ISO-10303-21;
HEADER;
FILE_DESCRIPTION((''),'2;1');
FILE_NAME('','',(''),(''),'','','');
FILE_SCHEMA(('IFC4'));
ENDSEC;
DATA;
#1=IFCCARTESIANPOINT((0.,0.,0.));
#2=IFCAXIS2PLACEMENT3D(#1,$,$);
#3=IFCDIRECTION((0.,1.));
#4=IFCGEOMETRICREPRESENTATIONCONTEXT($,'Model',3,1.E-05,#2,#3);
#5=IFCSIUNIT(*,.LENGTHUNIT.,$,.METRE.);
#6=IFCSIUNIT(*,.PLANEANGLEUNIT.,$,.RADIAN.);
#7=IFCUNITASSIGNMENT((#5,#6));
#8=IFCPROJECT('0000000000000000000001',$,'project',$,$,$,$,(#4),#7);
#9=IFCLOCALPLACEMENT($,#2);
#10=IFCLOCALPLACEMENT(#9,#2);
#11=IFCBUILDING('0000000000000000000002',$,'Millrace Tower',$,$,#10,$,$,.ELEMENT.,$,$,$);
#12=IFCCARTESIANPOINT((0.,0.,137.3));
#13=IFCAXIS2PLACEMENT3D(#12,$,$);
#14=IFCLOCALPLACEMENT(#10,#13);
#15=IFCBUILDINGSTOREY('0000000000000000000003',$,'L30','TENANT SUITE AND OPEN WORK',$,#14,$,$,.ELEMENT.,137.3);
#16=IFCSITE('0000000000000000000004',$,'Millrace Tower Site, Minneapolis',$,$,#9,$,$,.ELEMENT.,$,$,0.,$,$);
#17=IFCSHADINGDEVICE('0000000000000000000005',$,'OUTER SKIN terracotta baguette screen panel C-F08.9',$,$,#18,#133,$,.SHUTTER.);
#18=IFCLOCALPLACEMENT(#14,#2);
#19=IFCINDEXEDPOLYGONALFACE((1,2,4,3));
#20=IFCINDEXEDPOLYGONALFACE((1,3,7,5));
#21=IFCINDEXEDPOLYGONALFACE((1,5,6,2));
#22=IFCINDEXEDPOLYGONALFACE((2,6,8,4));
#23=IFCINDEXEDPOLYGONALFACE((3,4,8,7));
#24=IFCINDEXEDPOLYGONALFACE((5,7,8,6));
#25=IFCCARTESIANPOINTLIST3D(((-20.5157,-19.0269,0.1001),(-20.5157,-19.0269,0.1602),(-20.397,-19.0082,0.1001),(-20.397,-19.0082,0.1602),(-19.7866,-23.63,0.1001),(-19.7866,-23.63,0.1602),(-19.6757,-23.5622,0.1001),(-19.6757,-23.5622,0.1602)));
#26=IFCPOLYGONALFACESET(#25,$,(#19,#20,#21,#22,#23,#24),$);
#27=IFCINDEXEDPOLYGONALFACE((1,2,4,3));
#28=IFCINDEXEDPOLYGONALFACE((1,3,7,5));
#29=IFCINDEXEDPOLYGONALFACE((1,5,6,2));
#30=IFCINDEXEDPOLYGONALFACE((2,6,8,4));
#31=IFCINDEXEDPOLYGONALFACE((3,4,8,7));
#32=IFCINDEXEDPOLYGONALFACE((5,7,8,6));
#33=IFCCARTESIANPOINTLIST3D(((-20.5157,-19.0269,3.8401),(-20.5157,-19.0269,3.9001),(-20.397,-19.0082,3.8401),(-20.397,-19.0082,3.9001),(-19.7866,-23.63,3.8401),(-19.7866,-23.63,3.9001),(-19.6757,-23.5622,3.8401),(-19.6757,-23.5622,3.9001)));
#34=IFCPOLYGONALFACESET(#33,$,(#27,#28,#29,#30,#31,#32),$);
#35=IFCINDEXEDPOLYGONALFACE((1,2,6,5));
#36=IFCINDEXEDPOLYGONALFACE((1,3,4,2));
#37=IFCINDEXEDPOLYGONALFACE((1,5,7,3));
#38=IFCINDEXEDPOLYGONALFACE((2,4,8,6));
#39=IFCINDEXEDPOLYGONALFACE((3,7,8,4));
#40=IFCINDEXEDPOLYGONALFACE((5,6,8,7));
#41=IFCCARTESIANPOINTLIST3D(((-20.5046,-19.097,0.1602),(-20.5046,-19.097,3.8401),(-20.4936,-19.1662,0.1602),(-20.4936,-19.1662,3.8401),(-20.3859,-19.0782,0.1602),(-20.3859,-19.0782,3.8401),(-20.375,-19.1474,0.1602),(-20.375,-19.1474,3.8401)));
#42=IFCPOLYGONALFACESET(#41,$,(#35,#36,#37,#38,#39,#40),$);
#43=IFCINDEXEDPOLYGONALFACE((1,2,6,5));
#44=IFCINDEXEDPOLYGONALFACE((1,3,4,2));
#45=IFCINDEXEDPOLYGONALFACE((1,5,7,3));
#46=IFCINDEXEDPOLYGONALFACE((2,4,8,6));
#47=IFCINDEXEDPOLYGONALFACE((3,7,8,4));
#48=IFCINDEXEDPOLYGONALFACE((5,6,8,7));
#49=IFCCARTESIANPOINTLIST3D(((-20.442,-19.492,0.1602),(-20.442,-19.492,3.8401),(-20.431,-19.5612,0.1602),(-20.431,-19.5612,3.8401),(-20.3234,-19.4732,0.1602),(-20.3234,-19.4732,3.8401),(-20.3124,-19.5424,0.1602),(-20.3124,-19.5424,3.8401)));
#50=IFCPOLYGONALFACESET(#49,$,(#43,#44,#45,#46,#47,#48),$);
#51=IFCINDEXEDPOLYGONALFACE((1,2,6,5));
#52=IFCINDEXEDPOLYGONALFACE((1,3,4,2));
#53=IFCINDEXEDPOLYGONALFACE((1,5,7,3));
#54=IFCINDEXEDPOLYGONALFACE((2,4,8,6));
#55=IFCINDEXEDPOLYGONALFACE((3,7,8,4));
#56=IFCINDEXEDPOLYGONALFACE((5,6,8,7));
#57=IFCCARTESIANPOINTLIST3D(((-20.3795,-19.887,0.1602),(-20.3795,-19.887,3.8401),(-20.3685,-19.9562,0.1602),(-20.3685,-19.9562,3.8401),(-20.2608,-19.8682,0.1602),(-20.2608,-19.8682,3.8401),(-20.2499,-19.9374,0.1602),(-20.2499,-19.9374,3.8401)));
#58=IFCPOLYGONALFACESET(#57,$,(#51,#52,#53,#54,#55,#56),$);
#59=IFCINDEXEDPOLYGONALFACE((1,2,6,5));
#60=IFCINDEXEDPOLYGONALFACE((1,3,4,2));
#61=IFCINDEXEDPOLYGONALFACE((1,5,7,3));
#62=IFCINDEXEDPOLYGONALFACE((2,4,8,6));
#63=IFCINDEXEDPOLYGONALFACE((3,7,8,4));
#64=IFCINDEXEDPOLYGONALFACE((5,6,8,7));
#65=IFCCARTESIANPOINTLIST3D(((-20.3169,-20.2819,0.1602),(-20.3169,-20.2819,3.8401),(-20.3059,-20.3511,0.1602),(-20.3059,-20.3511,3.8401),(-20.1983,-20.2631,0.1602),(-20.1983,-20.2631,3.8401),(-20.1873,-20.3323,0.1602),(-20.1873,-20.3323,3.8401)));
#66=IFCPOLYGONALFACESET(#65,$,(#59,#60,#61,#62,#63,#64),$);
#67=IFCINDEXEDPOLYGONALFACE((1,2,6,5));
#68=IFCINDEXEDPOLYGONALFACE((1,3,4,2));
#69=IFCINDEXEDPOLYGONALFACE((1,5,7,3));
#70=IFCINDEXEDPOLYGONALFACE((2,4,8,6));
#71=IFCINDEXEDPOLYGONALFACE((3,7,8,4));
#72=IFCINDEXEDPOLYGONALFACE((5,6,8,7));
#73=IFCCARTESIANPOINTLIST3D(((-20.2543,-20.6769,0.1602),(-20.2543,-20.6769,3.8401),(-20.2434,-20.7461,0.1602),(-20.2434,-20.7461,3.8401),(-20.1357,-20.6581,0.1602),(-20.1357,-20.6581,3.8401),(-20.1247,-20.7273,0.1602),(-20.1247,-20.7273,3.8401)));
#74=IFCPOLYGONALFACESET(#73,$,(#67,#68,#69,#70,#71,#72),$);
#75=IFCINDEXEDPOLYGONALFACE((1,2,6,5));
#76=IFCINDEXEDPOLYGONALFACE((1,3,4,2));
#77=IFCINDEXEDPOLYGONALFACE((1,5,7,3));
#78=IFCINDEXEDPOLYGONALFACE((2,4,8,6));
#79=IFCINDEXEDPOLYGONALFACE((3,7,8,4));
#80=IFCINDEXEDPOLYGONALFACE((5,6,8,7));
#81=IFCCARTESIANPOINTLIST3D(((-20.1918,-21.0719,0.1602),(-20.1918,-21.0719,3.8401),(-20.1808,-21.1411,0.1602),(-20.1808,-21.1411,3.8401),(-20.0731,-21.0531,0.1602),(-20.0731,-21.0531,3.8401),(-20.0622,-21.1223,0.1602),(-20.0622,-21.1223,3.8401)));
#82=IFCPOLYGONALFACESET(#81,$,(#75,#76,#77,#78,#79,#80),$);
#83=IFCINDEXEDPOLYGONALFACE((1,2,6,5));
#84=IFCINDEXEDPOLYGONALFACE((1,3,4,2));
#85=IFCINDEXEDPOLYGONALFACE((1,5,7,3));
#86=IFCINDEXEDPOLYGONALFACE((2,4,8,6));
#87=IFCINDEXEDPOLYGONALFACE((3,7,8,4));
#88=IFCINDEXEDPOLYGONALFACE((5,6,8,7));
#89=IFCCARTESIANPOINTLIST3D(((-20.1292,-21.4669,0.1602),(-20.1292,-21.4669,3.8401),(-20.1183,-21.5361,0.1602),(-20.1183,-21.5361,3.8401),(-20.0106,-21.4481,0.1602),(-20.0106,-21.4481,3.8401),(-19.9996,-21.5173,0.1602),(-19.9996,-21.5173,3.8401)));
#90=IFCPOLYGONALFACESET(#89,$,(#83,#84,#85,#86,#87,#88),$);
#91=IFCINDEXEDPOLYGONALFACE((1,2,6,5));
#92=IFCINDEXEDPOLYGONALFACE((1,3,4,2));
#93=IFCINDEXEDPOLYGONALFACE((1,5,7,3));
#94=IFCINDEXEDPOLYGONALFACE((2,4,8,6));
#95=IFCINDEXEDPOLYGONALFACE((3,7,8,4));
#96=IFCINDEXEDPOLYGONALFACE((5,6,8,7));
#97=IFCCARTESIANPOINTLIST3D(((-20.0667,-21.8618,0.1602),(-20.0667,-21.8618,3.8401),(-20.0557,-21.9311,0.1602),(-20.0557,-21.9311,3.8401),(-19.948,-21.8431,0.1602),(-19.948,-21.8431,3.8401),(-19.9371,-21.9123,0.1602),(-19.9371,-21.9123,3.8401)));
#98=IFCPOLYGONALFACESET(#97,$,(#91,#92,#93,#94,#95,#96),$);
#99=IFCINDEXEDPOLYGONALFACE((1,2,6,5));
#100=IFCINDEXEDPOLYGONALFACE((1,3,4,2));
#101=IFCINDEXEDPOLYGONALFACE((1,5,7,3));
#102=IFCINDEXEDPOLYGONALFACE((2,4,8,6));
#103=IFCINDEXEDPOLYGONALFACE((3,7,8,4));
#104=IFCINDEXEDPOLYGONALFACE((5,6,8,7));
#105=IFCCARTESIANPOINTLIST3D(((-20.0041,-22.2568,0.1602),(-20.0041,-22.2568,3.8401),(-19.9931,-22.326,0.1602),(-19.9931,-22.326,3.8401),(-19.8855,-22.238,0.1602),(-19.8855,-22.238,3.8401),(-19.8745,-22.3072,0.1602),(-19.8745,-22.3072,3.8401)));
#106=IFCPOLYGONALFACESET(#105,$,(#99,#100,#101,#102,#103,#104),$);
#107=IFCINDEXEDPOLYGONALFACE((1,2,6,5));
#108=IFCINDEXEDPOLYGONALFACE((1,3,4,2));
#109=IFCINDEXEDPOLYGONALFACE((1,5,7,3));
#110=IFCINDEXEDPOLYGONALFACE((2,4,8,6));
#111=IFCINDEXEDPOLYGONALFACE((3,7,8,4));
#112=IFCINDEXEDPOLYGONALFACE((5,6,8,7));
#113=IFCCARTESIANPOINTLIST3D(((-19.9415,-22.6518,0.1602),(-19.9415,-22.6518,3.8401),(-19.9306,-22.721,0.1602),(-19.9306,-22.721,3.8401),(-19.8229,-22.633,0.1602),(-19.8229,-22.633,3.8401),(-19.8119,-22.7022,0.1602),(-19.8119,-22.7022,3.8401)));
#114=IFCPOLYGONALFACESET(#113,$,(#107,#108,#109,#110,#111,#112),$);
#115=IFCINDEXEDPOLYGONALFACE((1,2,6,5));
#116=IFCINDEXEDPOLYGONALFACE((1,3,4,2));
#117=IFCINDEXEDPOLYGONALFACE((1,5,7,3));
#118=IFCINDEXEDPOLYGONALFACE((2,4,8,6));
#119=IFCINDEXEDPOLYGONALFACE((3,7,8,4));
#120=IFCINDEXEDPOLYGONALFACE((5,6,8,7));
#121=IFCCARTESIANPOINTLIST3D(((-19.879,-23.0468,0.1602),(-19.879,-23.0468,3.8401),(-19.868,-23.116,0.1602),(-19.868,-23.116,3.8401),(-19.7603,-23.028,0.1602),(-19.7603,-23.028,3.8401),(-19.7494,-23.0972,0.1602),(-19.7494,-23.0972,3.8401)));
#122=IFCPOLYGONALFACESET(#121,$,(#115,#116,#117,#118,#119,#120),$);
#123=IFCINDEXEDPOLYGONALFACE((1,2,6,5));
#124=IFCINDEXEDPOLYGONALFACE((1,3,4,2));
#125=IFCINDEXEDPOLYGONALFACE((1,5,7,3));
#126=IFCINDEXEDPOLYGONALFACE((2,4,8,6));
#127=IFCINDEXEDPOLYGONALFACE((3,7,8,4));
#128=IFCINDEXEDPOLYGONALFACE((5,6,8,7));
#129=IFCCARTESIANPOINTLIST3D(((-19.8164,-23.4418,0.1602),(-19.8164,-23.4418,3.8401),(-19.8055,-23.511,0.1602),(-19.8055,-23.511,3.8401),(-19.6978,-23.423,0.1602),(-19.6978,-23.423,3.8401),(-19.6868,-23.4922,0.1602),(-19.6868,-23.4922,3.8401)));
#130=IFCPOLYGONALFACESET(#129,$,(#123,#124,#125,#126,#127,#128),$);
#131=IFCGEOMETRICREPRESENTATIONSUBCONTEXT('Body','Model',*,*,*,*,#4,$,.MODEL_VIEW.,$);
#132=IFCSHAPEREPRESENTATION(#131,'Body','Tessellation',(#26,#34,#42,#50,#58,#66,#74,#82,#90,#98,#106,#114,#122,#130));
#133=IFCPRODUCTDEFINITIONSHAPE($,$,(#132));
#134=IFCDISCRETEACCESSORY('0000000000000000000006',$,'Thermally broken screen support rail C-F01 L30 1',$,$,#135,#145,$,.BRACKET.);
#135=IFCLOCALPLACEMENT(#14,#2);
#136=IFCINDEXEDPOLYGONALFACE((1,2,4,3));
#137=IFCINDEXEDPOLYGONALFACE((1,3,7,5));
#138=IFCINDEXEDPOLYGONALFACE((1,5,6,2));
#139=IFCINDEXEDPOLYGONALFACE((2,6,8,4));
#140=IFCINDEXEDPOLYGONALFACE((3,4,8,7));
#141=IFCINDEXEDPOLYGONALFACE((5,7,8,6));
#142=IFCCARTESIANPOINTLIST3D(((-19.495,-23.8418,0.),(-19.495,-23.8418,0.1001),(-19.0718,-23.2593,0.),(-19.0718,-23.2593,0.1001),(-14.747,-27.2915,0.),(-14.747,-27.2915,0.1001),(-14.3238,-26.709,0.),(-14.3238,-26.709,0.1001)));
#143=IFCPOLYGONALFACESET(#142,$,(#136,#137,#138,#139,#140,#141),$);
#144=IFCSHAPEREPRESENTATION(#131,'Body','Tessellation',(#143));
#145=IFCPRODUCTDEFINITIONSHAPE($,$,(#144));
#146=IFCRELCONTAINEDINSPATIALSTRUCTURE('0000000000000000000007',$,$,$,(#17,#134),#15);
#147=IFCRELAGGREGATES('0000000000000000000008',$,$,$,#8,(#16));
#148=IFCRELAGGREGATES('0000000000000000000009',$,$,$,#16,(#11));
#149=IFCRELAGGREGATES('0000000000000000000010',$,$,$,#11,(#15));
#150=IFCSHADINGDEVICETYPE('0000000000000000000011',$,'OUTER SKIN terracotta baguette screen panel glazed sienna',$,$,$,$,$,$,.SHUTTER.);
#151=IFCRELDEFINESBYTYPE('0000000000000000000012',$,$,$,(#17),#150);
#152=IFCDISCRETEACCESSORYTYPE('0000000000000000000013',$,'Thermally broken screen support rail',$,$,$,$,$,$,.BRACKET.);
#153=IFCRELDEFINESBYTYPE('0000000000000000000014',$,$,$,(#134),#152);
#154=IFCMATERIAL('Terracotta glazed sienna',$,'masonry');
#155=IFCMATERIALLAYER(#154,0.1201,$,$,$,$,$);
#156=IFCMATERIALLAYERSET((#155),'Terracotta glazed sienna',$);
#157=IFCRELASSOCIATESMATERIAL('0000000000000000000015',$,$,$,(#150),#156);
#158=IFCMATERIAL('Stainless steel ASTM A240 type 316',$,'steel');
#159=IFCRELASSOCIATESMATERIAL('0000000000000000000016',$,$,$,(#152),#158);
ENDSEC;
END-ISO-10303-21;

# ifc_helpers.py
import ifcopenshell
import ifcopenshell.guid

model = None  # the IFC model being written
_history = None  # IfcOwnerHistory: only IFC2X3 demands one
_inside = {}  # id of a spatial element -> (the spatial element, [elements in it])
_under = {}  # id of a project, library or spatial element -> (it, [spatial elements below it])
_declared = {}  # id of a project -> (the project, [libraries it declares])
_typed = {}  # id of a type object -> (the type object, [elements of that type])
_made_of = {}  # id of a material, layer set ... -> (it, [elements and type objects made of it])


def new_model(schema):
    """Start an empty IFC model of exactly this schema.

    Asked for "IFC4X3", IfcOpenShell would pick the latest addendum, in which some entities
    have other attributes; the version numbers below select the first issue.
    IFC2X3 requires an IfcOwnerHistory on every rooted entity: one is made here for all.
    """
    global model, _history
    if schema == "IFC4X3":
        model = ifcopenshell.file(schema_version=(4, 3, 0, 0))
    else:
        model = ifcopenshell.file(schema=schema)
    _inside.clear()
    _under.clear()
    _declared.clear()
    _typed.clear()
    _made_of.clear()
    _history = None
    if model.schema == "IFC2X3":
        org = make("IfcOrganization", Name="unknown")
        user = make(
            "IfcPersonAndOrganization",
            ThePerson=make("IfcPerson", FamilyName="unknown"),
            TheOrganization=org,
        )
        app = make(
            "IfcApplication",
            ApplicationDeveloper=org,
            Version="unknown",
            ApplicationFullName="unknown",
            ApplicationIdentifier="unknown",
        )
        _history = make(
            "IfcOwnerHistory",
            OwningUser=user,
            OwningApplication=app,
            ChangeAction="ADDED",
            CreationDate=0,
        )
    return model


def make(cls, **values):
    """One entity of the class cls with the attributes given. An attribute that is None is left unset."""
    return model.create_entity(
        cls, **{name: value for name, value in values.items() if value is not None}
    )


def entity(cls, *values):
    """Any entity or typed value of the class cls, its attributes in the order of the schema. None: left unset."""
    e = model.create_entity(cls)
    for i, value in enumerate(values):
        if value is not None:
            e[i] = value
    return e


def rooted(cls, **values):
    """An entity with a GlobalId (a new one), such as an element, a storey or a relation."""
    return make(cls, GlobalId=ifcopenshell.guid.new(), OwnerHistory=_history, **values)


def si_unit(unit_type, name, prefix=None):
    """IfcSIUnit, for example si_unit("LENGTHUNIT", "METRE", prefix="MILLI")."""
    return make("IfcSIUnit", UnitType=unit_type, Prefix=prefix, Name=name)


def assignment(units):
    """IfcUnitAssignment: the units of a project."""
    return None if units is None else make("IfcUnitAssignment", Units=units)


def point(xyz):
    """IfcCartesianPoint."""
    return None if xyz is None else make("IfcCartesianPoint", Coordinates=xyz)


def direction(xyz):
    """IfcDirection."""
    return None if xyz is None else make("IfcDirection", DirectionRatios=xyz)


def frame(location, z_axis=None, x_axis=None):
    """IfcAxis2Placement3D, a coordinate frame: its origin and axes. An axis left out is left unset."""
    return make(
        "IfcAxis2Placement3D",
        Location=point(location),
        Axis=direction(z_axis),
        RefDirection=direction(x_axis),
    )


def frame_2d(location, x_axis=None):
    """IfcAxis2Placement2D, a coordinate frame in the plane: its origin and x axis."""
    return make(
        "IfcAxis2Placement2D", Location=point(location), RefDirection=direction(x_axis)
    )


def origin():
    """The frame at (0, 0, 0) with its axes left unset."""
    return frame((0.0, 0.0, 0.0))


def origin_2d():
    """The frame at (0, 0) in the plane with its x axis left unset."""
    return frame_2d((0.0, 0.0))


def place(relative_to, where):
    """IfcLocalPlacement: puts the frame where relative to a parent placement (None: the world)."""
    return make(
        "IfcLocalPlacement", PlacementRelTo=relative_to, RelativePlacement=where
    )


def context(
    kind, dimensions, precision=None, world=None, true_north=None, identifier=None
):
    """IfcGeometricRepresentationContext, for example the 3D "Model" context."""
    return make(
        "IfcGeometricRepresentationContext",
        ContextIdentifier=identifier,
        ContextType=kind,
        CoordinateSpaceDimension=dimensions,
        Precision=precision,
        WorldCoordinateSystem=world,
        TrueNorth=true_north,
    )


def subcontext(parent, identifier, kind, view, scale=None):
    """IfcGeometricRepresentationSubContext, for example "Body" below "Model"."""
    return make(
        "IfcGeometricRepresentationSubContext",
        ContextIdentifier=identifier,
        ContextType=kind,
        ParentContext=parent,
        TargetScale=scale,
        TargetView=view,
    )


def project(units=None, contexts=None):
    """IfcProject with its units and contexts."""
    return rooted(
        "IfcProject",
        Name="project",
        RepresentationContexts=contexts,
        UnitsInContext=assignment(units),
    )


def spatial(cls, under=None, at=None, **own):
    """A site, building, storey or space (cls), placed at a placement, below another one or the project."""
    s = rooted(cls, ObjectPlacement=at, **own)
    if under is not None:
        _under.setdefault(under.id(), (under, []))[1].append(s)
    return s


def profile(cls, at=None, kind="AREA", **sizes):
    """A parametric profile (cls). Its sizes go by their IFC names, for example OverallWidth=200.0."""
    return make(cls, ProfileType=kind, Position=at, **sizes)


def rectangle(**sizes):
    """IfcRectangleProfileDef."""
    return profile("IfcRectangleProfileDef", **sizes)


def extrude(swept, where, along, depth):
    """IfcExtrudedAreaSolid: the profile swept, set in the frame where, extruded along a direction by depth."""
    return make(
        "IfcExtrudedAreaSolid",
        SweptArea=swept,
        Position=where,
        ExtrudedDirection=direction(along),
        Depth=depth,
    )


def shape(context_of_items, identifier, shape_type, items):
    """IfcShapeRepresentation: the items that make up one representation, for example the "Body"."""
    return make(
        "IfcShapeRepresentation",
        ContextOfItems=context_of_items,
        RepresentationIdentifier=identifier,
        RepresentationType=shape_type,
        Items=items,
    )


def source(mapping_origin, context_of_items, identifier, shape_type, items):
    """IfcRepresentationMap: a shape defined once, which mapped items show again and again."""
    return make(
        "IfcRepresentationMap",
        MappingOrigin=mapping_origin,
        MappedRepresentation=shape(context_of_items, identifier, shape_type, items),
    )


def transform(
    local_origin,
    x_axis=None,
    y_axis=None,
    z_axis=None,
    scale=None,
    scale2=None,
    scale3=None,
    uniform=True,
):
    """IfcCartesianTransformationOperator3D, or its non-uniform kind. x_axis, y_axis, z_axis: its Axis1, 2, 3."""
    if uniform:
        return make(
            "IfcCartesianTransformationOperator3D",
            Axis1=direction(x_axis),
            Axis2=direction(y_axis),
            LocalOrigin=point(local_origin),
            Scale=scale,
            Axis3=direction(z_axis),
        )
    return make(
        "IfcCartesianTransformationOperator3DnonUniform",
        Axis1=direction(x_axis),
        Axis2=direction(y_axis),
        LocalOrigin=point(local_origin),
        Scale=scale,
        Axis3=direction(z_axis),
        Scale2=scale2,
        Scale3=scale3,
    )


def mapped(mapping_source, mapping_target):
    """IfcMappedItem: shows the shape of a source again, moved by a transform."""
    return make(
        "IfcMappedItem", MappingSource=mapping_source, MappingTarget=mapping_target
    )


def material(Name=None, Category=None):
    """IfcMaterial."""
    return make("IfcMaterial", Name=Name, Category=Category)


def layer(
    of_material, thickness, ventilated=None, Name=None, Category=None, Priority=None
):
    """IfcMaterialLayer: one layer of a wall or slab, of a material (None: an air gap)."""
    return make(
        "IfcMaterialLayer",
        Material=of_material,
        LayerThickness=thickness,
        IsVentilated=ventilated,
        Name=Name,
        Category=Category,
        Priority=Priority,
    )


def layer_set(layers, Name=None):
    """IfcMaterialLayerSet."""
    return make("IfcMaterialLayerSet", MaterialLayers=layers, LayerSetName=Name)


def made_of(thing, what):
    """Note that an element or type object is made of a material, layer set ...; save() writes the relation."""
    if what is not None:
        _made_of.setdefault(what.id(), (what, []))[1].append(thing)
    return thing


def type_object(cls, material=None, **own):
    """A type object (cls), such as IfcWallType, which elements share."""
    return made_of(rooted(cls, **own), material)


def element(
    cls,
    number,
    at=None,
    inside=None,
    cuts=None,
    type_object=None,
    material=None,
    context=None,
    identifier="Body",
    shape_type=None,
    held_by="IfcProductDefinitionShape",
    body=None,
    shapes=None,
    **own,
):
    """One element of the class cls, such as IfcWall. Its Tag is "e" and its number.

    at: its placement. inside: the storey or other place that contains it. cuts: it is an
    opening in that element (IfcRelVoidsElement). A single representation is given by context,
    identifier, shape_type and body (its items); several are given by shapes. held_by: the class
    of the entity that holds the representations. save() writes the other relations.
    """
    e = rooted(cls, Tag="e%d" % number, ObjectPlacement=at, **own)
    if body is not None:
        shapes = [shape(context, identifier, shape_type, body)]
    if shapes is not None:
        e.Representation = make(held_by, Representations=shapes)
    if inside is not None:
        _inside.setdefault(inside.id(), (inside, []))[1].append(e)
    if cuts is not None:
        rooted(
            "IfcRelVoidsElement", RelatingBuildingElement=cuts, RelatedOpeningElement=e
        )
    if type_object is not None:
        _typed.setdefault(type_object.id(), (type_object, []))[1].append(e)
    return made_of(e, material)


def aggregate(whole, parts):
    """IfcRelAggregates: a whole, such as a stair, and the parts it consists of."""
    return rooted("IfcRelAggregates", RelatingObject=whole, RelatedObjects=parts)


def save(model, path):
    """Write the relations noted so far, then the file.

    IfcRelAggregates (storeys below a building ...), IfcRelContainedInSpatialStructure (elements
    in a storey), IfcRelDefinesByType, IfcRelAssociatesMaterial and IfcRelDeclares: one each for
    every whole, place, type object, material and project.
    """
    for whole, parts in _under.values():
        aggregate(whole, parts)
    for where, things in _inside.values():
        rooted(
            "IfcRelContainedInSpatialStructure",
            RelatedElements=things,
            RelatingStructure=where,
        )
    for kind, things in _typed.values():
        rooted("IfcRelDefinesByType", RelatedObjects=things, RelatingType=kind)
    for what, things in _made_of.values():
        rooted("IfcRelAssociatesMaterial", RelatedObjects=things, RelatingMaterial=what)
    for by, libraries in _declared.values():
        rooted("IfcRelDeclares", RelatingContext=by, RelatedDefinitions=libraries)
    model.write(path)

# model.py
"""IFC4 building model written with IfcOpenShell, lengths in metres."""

from ifc_helpers import new_model, entity, si_unit, direction, frame, frame_2d, origin, origin_2d, place, context, subcontext, project, spatial, rectangle, extrude, source, transform, mapped, material, layer, layer_set, type_object, element, save


model = new_model("IFC4")

# Units and contexts
model_context = context("Model", 3, precision=1e-05, world=origin(), true_north=direction((0.0, 1.0)))
body_context = subcontext(model_context, "Body", "Model", "MODEL_VIEW")
ifc_project = project(units=[si_unit("LENGTHUNIT", "METRE"), si_unit("PLANEANGLEUNIT", "RADIAN")], contexts=[model_context])

# Site, building, storey
site_placement = place(None, origin())
site = spatial("IfcSite", under=ifc_project, at=site_placement, Name="Millrace Tower Site, Minneapolis", CompositionType="ELEMENT", RefElevation=0.0)
building_placement = place(site_placement, origin())
building = spatial("IfcBuilding", under=site, at=building_placement, Name="Millrace Tower", CompositionType="ELEMENT")
storey_placement = place(building_placement, frame((0.0, 0.0, 137.3)))
storey = spatial("IfcBuildingStorey", under=building, at=storey_placement, Name="L30", Description="TENANT SUITE AND OPEN WORK", CompositionType="ELEMENT", Elevation=137.3)

# Shading device
ifc_material_1 = material(Name="Terracotta glazed sienna", Category="masonry")
ifc_layer_1 = layer(ifc_material_1, 0.1201)
ifc_layer_set_1 = layer_set([ifc_layer_1], Name="Terracotta glazed sienna")
shading_device_type = type_object("IfcShadingDeviceType", Name="OUTER SKIN terracotta baguette screen panel glazed sienna", PredefinedType="SHUTTER", material=ifc_layer_set_1)
cartesian_point_1 = entity("IfcCartesianPoint", [-2.3179, 0.0601])
shared_polyline_1 = entity("IfcPolyline", [cartesian_point_1, entity("IfcCartesianPoint", [2.293, 0.0601]), entity("IfcCartesianPoint", [2.3425, -0.0601]), entity("IfcCartesianPoint", [-2.3179, -0.0601]), cartesian_point_1])
shared_shape_1 = source(origin(), body_context, "Body", "SweptSolid", [
    entity("IfcExtrudedAreaSolid", entity("IfcArbitraryClosedProfileDef", "AREA", None, shared_polyline_1), entity("IfcAxis2Placement3D", entity("IfcCartesianPoint", [0.0, 0.0, 0.0])), entity("IfcDirection", [0.0, 0.0, 1.0]), 0.0601),
    entity("IfcExtrudedAreaSolid", entity("IfcArbitraryClosedProfileDef", "AREA", None, shared_polyline_1), entity("IfcAxis2Placement3D", entity("IfcCartesianPoint", [0.0, 0.0, 3.74])), entity("IfcDirection", [0.0, 0.0, 1.0]), 0.0601),
    extrude(rectangle(XDim=0.0701, YDim=0.1201, at=frame_2d((-2.2119, 0.0))), frame((0.0, 0.0, 0.0601)), (0.0, 0.0, 1.0), 3.6799),
    extrude(rectangle(XDim=0.0701, YDim=0.1201, at=frame_2d((-1.812, 0.0))), frame((0.0, 0.0, 0.0601)), (0.0, 0.0, 1.0), 3.6799),
    extrude(rectangle(XDim=0.0701, YDim=0.1201, at=frame_2d((-1.4121, 0.0))), frame((0.0, 0.0, 0.0601)), (0.0, 0.0, 1.0), 3.6799),
    extrude(rectangle(XDim=0.0701, YDim=0.1201, at=frame_2d((-1.0122, 0.0))), frame((0.0, 0.0, 0.0601)), (0.0, 0.0, 1.0), 3.6799),
    extrude(rectangle(XDim=0.0701, YDim=0.1201, at=frame_2d((-0.6123, 0.0))), frame((0.0, 0.0, 0.0601)), (0.0, 0.0, 1.0), 3.6799),
    extrude(rectangle(XDim=0.0701, YDim=0.1201, at=frame_2d((-0.2124, 0.0))), frame((0.0, 0.0, 0.0601)), (0.0, 0.0, 1.0), 3.6799),
    extrude(rectangle(XDim=0.0701, YDim=0.1201, at=frame_2d((0.1875, 0.0))), frame((0.0, 0.0, 0.0601)), (0.0, 0.0, 1.0), 3.6799),
    extrude(rectangle(XDim=0.0701, YDim=0.1201, at=frame_2d((0.5874, 0.0))), frame((0.0, 0.0, 0.0601)), (0.0, 0.0, 1.0), 3.6799),
    extrude(rectangle(XDim=0.0701, YDim=0.1201, at=frame_2d((0.9873, 0.0))), frame((0.0, 0.0, 0.0601)), (0.0, 0.0, 1.0), 3.6799),
    extrude(rectangle(XDim=0.0701, YDim=0.1201, at=frame_2d((1.3872, 0.0))), frame((0.0, 0.0, 0.0601)), (0.0, 0.0, 1.0), 3.6799),
    extrude(rectangle(XDim=0.0701, YDim=0.1201, at=frame_2d((1.7871, 0.0))), frame((0.0, 0.0, 0.0601)), (0.0, 0.0, 1.0), 3.6799),
    extrude(rectangle(XDim=0.0701, YDim=0.1201, at=frame_2d((2.187, 0.0))), frame((0.0, 0.0, 0.0601)), (0.0, 0.0, 1.0), 3.6799),
])
shading_device_1_placement = place(storey_placement, frame((-20.0938, -21.3069, 0.1001), z_axis=(0.0, 0.0, 1.0), x_axis=(0.156434, -0.987688, 0.0)))
element("IfcShadingDevice", 1, at=shading_device_1_placement, inside=storey, type_object=shading_device_type, Name="OUTER SKIN terracotta baguette screen panel C-F08.9", PredefinedType="SHUTTER", context=body_context, shape_type="MappedRepresentation", body=[
    mapped(shared_shape_1, transform((0.0, 0.0, 0.0), scale=1.0)),
])

# Discrete accessory
ifc_material_2 = material(Name="Stainless steel ASTM A240 type 316", Category="steel")
discrete_accessory_type = type_object("IfcDiscreteAccessoryType", Name="Thermally broken screen support rail", PredefinedType="BRACKET", material=ifc_material_2)
discrete_accessory_placement = place(storey_placement, frame((-16.9094, -25.2754, 0.0), z_axis=(0.0, 0.0, 1.0), x_axis=(0.809017, -0.587785, 0.0)))
element("IfcDiscreteAccessory", 2, at=discrete_accessory_placement, inside=storey, type_object=discrete_accessory_type, Name="Thermally broken screen support rail C-F01 L30 1", PredefinedType="BRACKET", context=body_context, shape_type="SweptSolid", body=[
    extrude(rectangle(XDim=5.8689, YDim=0.72, at=origin_2d()), origin(), (0.0, 0.0, 1.0), 0.1001),
])

save(model, "model.ifc")
